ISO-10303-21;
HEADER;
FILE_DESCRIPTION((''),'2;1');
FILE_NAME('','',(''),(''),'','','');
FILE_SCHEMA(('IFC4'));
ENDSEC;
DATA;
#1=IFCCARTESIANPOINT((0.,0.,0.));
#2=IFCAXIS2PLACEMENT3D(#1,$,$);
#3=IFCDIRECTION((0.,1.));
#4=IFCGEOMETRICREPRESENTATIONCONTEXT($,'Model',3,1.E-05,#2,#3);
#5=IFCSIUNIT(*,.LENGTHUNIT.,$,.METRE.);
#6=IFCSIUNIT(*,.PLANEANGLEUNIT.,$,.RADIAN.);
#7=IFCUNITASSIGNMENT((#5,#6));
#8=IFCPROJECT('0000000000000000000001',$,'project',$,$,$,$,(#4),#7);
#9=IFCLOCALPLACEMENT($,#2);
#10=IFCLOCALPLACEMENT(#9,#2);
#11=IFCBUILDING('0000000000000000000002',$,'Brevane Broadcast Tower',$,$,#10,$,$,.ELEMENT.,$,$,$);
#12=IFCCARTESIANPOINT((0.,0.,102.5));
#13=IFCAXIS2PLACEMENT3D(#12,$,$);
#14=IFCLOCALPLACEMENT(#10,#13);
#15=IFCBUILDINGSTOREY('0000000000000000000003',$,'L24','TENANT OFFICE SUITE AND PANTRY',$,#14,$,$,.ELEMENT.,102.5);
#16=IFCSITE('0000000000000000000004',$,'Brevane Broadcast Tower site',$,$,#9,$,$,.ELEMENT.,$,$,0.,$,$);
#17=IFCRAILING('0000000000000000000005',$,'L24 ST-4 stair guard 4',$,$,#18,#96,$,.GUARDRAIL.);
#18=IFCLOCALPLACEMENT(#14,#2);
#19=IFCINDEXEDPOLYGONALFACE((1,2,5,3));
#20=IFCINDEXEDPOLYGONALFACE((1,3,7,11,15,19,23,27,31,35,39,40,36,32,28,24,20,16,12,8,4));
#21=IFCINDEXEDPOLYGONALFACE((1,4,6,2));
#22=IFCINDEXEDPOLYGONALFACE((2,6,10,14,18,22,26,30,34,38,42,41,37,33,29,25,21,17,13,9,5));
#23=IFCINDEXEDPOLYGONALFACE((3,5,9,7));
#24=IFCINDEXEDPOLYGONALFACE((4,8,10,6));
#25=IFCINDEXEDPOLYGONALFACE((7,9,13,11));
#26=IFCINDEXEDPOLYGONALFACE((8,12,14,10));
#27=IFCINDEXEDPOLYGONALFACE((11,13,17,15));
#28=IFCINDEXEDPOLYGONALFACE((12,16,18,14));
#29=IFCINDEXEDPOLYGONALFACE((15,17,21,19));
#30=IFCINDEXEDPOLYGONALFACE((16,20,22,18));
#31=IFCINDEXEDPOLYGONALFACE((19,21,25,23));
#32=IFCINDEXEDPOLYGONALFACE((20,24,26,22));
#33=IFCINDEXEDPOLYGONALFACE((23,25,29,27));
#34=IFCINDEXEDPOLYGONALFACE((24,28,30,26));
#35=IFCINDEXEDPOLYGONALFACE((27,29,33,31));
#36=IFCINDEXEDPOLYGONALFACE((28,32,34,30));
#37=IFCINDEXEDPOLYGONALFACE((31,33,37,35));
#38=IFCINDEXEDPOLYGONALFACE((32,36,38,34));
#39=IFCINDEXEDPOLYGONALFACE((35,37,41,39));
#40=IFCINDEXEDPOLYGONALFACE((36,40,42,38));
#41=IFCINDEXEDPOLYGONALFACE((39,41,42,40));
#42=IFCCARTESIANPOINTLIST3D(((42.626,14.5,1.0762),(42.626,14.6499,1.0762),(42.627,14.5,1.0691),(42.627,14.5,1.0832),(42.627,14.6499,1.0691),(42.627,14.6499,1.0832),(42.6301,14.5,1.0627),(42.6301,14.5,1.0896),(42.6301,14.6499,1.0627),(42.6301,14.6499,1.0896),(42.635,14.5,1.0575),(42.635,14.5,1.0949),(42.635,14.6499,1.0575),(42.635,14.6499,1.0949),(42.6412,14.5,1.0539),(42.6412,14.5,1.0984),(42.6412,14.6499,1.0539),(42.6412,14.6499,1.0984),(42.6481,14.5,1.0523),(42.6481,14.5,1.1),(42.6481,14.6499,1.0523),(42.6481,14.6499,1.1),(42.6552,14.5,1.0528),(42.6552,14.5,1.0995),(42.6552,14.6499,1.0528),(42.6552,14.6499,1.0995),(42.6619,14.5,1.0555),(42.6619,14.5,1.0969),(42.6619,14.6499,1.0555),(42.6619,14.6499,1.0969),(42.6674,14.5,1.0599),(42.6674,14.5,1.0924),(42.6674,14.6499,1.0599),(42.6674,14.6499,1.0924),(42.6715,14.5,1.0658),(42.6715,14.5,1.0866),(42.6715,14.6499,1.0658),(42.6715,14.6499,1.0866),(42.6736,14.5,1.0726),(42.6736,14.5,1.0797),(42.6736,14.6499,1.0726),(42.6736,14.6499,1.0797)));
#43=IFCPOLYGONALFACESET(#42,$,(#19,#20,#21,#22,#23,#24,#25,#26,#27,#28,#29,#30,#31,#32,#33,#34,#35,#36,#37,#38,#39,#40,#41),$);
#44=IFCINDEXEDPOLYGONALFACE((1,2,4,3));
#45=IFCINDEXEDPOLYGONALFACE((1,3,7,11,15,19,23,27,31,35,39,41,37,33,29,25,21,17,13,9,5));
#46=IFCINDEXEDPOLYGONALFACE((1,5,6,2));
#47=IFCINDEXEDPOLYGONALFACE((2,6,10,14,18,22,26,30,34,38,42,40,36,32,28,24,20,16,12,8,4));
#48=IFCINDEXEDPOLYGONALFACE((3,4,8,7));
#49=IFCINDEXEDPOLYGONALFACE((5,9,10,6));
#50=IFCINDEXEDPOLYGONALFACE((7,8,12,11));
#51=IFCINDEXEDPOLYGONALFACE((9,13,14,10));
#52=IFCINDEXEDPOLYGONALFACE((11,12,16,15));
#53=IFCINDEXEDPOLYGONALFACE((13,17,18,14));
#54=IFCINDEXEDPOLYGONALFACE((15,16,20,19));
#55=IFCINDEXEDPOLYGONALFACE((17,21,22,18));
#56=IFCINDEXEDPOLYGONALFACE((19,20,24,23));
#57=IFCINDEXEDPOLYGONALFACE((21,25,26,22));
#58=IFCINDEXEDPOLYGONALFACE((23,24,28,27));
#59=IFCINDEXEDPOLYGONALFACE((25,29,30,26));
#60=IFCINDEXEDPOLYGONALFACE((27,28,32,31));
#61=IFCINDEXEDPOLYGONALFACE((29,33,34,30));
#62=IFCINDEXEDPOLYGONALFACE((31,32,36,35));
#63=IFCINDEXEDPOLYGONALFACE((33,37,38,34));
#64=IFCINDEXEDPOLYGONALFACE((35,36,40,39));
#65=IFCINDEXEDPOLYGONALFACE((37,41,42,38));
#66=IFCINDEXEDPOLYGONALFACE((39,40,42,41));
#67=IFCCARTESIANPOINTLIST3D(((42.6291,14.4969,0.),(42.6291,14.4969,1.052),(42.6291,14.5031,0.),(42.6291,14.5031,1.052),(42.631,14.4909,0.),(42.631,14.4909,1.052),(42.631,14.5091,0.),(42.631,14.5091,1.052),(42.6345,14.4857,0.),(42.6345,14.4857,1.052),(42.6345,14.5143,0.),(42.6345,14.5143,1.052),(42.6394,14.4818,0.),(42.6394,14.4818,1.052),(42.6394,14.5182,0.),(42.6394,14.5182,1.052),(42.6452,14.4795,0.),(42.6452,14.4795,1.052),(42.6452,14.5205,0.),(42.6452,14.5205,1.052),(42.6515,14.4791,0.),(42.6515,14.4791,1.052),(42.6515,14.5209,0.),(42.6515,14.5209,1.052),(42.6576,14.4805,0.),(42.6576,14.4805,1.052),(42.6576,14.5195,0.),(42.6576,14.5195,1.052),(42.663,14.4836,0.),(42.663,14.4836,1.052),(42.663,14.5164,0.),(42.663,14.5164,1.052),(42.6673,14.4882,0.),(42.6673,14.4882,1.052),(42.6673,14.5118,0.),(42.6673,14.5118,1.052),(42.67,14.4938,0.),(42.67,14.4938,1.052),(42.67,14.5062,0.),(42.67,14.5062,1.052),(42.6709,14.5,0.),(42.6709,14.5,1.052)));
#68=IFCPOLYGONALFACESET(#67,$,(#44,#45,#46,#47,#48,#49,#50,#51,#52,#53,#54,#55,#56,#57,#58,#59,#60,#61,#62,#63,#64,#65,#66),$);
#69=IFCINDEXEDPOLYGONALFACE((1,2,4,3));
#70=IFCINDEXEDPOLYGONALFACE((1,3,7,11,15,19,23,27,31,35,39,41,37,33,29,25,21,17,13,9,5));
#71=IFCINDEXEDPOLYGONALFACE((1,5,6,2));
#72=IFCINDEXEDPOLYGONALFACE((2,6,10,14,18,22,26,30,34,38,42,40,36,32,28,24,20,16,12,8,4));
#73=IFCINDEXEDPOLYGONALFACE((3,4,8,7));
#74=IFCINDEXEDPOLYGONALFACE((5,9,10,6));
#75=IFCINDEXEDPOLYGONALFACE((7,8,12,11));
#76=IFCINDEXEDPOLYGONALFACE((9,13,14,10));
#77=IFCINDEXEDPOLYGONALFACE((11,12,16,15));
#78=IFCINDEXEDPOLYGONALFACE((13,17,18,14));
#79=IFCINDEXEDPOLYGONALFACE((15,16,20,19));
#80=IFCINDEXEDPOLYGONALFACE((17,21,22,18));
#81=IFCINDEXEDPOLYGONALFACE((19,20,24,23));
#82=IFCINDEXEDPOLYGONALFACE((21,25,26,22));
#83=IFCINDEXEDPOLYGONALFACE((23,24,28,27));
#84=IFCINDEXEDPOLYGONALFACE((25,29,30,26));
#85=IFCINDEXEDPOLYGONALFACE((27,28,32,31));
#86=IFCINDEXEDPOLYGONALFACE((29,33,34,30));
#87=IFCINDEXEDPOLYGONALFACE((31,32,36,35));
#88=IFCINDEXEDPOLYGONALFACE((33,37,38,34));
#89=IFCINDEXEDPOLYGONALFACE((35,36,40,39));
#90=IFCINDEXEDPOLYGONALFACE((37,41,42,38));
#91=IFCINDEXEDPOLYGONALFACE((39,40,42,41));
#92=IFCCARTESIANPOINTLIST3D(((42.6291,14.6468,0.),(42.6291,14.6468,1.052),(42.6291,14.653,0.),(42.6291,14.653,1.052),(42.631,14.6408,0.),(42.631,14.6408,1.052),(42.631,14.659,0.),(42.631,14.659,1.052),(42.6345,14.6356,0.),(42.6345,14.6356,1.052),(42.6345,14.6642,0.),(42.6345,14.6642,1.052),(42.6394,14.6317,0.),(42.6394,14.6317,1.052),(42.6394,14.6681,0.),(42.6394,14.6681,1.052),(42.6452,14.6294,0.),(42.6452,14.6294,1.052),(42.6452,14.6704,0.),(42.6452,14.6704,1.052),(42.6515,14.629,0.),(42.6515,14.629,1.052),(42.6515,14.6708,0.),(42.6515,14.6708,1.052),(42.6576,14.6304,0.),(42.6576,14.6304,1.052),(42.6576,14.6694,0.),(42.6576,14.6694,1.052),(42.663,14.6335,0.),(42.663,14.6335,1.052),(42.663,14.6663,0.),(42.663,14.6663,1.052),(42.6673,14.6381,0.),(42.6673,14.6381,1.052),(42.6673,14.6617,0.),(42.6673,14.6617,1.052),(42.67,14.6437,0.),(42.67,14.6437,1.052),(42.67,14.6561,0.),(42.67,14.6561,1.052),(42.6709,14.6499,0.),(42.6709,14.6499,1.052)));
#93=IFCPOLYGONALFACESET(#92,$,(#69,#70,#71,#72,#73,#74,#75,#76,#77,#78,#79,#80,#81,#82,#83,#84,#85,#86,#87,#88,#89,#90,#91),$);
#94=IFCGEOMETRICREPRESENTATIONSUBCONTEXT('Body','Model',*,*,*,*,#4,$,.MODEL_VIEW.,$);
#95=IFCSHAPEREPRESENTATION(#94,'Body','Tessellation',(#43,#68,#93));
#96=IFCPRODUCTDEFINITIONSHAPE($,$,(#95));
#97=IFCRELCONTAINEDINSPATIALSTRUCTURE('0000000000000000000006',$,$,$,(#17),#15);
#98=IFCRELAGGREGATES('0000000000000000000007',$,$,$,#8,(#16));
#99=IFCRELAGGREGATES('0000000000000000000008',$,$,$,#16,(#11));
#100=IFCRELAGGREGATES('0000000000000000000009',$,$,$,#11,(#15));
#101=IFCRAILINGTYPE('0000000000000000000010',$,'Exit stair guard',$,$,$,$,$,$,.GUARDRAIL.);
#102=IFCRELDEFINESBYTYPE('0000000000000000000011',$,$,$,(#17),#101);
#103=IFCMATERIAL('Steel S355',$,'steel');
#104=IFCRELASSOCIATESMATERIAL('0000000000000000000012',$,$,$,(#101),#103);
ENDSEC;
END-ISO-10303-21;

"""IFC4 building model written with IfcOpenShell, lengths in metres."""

from ifc_helpers import new_model, si_unit, direction, frame, origin, origin_2d, place, context, subcontext, project, spatial, circle, extrude, material, type_object, element, save


model = new_model("IFC4")

# Units and contexts
model_context = context("Model", 3, precision=1e-05, world=origin(), true_north=direction((0.0, 1.0)))
body_context = subcontext(model_context, "Body", "Model", "MODEL_VIEW")
ifc_project = project(units=[si_unit("LENGTHUNIT", "METRE"), si_unit("PLANEANGLEUNIT", "RADIAN")], contexts=[model_context])

# Site, building, storey
site_placement = place(None, origin())
site = spatial("IfcSite", under=ifc_project, at=site_placement, Name="Brevane Broadcast Tower site", CompositionType="ELEMENT", RefElevation=0.0)
building_placement = place(site_placement, origin())
building = spatial("IfcBuilding", under=site, at=building_placement, Name="Brevane Broadcast Tower", CompositionType="ELEMENT")
storey_placement = place(building_placement, frame((0.0, 0.0, 102.5)))
storey = spatial("IfcBuildingStorey", under=building, at=storey_placement, Name="L24", Description="TENANT OFFICE SUITE AND PANTRY", CompositionType="ELEMENT", Elevation=102.5)

# Railing
ifc_material_1 = material(Name="Steel S355", Category="steel")
railing_type_1 = type_object("IfcRailingType", Name="Exit stair guard", PredefinedType="GUARDRAIL", material=ifc_material_1)
railing_1_placement = place(storey_placement, frame((42.6499, 14.5, 0.0)))
element("IfcRailing", 1, at=railing_1_placement, inside=storey, type_object=railing_type_1, Name="L24 ST-4 stair guard 4", PredefinedType="GUARDRAIL", context=body_context, shape_type="SweptSolid", body=[
    extrude(circle(Radius=0.0239, at=origin_2d()), frame((0.0, 0.0, 1.0762), z_axis=(0.0, 1.0, 0.0), x_axis=(-1.0, 0.0, 0.0)), (0.0, 0.0, 1.0), 0.1499),
    extrude(circle(Radius=0.021, at=origin_2d()), origin(), (0.0, 0.0, 1.0), 1.052),
    extrude(circle(Radius=0.021, at=origin_2d()), frame((0.0, 0.1499, 0.0)), (0.0, 0.0, 1.0), 1.052),
])

save(model, "model.ifc")
